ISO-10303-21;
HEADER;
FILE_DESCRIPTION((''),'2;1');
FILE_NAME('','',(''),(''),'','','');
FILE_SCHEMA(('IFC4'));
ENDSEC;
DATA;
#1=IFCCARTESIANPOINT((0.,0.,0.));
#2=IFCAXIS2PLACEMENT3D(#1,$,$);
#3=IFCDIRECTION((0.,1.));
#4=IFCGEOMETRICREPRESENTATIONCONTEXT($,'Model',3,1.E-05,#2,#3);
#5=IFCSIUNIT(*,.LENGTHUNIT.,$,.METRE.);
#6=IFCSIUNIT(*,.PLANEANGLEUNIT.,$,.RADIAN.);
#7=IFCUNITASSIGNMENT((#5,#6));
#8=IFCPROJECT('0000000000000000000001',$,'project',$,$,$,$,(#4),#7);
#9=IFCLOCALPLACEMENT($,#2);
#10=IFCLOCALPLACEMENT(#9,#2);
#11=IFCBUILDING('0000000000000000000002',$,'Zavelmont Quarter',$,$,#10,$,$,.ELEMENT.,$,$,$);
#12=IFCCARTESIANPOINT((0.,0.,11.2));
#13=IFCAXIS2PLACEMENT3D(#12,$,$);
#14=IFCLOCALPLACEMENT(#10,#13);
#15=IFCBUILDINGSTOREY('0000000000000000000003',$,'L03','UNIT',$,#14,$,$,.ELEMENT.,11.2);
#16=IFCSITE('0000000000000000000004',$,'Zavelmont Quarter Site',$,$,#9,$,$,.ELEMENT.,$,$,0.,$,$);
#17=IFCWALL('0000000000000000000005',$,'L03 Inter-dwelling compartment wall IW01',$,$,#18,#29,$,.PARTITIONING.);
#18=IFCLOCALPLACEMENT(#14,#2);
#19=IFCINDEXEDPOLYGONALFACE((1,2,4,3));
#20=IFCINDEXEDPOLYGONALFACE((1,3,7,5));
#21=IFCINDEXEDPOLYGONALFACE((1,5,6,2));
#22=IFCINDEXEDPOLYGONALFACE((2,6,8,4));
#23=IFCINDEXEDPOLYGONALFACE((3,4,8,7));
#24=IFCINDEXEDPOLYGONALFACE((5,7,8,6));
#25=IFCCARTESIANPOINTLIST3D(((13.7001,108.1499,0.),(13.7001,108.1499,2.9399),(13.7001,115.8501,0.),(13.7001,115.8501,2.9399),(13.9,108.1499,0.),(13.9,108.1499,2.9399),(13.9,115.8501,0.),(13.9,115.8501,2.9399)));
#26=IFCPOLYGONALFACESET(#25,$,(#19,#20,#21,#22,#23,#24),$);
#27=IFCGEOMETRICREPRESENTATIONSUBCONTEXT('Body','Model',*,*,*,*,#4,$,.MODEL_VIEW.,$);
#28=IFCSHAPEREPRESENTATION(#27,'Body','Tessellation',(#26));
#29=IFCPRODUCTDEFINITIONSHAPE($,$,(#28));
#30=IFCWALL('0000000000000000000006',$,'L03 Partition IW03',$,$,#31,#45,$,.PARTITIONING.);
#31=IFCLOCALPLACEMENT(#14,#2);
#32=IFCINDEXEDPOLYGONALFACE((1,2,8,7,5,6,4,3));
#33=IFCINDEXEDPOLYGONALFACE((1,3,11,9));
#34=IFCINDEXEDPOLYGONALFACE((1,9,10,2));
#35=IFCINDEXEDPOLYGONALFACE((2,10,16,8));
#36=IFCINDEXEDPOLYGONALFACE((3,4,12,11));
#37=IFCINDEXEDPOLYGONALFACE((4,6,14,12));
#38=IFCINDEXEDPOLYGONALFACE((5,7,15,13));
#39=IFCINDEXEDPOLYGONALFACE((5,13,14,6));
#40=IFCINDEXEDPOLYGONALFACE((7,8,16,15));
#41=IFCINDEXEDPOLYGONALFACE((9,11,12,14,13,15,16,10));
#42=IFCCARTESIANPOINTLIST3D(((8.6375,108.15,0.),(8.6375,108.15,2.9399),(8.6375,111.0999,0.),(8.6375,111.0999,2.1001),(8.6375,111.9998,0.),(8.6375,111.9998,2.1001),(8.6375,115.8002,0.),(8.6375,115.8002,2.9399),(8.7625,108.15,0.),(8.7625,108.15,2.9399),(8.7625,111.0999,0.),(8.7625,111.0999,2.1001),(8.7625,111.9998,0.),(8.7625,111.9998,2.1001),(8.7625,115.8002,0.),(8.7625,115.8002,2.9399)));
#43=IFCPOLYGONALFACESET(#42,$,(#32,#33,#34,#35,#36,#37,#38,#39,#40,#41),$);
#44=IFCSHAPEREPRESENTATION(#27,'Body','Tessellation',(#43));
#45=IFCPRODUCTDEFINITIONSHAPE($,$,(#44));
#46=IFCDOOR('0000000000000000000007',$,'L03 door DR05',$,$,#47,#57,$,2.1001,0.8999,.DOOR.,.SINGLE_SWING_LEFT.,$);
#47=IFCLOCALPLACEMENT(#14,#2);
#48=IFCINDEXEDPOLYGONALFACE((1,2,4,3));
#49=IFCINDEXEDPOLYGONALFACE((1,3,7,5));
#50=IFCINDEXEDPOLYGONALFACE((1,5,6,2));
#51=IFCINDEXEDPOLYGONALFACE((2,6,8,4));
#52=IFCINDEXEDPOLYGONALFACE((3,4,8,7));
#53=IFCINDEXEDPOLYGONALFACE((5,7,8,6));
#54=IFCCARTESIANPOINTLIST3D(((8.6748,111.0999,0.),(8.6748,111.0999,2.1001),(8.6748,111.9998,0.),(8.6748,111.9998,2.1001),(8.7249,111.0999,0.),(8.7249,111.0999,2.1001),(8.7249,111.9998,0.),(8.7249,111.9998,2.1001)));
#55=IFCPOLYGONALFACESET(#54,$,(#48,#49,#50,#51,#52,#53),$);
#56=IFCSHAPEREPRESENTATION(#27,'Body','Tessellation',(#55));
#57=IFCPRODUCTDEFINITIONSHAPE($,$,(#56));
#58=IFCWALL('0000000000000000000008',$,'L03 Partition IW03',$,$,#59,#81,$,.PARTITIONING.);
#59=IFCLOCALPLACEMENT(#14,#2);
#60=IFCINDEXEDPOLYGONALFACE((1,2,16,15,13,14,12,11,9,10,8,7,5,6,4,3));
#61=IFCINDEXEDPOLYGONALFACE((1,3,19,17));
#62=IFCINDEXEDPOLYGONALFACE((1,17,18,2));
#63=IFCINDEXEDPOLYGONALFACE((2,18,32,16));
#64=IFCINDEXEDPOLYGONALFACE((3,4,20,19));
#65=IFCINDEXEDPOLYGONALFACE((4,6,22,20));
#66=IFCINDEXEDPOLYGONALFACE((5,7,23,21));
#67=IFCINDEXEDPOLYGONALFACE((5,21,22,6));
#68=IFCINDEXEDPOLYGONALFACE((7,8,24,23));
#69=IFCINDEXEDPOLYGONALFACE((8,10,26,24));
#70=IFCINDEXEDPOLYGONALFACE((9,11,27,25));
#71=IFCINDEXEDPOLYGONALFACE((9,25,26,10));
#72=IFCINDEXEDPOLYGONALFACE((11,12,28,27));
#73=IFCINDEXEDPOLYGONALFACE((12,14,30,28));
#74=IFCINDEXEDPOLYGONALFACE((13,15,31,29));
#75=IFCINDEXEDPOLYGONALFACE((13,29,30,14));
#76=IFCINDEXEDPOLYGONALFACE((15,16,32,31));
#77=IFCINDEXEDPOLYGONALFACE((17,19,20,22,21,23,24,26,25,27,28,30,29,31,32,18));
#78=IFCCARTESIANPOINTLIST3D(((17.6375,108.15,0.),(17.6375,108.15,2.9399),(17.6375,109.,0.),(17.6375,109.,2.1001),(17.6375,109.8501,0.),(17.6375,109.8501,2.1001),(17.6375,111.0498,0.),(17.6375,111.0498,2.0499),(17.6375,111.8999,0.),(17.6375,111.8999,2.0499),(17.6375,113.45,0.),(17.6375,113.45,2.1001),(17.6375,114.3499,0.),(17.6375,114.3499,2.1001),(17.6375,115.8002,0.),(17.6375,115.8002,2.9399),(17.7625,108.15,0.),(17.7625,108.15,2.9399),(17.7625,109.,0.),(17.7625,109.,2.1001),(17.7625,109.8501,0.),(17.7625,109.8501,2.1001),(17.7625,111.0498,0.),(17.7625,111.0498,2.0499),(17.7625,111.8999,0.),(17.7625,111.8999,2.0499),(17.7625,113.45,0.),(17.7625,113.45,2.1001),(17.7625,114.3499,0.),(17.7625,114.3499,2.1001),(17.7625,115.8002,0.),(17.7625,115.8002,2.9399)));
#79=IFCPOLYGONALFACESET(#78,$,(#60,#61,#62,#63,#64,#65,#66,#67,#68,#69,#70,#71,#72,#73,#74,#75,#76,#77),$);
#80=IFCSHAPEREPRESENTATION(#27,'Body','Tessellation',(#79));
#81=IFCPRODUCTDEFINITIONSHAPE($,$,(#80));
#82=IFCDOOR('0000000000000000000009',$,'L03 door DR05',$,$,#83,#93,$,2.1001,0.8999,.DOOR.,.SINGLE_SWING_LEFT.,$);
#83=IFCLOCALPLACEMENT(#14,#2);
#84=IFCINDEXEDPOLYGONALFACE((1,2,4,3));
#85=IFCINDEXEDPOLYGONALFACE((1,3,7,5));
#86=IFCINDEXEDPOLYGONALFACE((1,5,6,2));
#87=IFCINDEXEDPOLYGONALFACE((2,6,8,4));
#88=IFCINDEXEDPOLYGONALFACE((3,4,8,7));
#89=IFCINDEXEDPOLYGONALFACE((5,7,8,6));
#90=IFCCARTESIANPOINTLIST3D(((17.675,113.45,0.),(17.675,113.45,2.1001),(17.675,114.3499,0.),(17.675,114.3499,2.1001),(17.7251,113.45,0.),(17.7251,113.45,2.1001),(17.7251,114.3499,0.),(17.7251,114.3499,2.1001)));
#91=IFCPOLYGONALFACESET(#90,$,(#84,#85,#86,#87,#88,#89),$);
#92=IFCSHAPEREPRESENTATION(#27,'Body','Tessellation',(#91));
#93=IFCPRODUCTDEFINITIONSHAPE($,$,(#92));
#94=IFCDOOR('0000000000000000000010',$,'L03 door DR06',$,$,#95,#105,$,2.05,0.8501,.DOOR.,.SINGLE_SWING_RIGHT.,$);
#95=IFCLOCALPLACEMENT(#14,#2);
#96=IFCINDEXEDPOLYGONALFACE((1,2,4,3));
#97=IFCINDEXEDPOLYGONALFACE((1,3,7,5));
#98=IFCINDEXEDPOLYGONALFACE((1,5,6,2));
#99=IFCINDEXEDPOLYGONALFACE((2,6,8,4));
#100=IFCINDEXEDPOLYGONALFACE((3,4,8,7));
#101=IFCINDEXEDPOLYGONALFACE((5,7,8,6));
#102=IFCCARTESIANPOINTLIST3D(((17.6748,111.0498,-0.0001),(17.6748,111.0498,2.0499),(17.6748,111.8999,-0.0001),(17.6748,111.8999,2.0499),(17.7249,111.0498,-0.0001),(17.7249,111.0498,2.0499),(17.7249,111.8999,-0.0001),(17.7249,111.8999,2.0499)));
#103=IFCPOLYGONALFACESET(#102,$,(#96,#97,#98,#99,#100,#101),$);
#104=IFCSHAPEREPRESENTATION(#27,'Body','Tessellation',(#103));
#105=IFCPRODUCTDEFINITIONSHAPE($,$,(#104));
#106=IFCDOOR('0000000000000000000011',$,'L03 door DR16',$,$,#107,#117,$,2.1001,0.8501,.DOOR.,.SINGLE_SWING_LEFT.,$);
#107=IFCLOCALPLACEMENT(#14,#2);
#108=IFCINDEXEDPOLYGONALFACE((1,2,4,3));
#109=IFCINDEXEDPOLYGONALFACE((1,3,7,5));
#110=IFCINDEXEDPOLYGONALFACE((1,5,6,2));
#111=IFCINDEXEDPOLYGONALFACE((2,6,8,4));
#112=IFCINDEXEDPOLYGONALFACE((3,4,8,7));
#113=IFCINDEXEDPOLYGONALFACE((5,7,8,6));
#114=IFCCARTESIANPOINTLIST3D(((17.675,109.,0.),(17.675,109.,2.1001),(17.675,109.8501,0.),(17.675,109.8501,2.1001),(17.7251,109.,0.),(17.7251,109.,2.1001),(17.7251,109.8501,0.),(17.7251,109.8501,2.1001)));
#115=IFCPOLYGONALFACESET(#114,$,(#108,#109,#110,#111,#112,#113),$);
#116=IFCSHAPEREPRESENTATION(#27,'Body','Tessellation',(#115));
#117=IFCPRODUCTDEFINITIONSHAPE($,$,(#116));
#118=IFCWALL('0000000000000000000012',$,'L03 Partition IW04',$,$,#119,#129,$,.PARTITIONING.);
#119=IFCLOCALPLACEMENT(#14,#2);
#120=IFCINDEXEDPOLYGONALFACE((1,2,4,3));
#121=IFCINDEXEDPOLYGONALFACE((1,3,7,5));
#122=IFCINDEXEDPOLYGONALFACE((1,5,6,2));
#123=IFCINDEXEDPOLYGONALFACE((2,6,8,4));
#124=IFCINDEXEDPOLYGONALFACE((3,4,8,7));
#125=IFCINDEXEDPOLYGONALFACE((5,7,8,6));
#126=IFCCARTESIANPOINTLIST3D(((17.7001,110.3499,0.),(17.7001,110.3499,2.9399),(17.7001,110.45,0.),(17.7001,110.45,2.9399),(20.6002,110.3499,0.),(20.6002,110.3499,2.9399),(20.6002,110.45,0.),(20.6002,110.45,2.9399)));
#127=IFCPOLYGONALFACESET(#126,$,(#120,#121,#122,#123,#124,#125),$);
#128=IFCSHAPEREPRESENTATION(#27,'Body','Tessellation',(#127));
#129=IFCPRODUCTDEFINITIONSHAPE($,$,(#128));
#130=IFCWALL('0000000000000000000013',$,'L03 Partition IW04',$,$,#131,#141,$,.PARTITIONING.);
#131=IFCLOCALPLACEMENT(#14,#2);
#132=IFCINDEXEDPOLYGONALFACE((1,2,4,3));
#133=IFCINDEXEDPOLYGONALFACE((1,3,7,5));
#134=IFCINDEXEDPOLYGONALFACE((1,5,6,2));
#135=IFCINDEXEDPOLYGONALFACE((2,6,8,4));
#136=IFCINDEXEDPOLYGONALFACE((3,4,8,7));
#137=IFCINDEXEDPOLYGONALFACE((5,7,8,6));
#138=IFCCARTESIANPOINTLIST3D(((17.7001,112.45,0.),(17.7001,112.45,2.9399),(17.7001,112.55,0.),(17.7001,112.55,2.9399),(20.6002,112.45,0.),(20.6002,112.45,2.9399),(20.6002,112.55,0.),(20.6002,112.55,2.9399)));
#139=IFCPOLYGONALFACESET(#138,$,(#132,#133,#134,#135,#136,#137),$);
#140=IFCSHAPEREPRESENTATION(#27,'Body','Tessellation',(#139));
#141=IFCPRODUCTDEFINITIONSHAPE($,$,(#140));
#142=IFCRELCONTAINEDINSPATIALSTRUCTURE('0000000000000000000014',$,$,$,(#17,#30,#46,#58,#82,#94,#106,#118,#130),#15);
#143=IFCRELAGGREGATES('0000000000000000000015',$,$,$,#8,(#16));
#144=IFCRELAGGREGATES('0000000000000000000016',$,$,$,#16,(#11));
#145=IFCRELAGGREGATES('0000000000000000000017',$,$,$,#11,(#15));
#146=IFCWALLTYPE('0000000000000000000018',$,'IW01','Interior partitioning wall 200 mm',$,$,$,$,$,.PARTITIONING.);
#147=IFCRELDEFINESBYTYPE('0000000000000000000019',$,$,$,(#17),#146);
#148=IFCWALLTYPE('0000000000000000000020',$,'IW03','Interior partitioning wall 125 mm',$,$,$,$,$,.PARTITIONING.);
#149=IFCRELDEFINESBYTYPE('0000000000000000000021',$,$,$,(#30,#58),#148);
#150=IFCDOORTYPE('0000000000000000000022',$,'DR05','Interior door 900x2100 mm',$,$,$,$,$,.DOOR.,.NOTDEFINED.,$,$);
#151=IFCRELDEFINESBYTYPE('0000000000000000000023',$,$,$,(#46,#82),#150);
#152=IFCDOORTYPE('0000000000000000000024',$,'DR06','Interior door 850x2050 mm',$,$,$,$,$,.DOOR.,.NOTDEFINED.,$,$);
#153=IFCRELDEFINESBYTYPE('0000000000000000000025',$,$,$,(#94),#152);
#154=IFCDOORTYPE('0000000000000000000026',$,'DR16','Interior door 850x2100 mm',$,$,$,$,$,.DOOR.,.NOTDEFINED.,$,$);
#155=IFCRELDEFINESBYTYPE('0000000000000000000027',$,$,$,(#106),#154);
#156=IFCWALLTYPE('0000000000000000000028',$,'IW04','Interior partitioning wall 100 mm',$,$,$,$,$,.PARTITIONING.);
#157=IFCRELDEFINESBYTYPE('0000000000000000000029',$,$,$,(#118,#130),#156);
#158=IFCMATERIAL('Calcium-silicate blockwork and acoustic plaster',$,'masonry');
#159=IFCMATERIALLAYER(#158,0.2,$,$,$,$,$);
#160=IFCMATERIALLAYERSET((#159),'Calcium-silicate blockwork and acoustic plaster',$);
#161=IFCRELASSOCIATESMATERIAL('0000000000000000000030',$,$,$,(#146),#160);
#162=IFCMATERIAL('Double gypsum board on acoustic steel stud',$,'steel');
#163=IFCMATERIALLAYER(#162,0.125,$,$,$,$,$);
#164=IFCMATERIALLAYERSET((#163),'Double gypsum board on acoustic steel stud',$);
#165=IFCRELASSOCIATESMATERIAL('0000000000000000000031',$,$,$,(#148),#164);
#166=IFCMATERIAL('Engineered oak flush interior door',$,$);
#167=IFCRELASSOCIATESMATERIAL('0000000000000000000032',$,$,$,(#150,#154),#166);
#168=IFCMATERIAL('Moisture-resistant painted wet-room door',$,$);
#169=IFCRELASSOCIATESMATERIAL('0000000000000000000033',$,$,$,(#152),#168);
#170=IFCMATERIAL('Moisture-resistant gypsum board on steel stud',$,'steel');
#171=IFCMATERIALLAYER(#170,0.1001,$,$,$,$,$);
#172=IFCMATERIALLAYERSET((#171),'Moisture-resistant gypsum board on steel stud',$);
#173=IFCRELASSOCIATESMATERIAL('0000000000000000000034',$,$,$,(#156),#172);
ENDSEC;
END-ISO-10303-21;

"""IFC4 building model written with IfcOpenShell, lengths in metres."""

from ifc_helpers import new_model, si_unit, direction, frame, frame_2d, origin, origin_with_axes, place, context, subcontext, project, spatial, rectangle, extrude, material, layer, layer_set, type_object, element, fill, save


model = new_model("IFC4")

# Units and contexts
model_context = context("Model", 3, precision=1e-05, world=origin(), true_north=direction((0.0, 1.0)))
body_context = subcontext(model_context, "Body", "Model", "MODEL_VIEW")
ifc_project = project(units=[si_unit("LENGTHUNIT", "METRE"), si_unit("PLANEANGLEUNIT", "RADIAN")], contexts=[model_context])

# Site, building, storey
site_placement = place(None, origin())
site = spatial("IfcSite", under=ifc_project, at=site_placement, Name="Zavelmont Quarter Site", CompositionType="ELEMENT", RefElevation=0.0)
building_placement = place(site_placement, origin())
building = spatial("IfcBuilding", under=site, at=building_placement, Name="Zavelmont Quarter", CompositionType="ELEMENT")
storey_placement = place(building_placement, frame((0.0, 0.0, 11.2)))
storey = spatial("IfcBuildingStorey", under=building, at=storey_placement, Name="L03", Description="UNIT", CompositionType="ELEMENT", Elevation=11.2)

# Wall
ifc_material_1 = material(Name="Calcium-silicate blockwork and acoustic plaster", Category="masonry")
ifc_layer_1 = layer(ifc_material_1, 0.2)
ifc_layer_set_1 = layer_set([ifc_layer_1], Name="Calcium-silicate blockwork and acoustic plaster")
wall_type_1 = type_object("IfcWallType", Name="IW01", Description="Interior partitioning wall 200 mm", PredefinedType="PARTITIONING", material=ifc_layer_set_1)
wall_1_placement = place(storey_placement, frame((13.8, 108.1499, 0.0), z_axis=(0.0, 0.0, 1.0), x_axis=(0.0, 1.0, 0.0)))
element("IfcWall", 1, at=wall_1_placement, inside=storey, type_object=wall_type_1, Name="L03 Inter-dwelling compartment wall IW01", PredefinedType="PARTITIONING", context=body_context, shape_type="SweptSolid", body=[
    extrude(rectangle(XDim=7.7002, YDim=0.2, at=frame_2d((3.8501, 0.0))), origin(), (0.0, 0.0, 1.0), 2.9399),
])

# Wall, opening, door
ifc_material_2 = material(Name="Double gypsum board on acoustic steel stud", Category="steel")
ifc_layer_2 = layer(ifc_material_2, 0.125)
ifc_layer_set_2 = layer_set([ifc_layer_2], Name="Double gypsum board on acoustic steel stud")
wall_type_2 = type_object("IfcWallType", Name="IW03", Description="Interior partitioning wall 125 mm", PredefinedType="PARTITIONING", material=ifc_layer_set_2)
wall_2_placement = place(storey_placement, frame((8.7, 108.1499, 0.0), z_axis=(0.0, 0.0, 1.0), x_axis=(0.0, 1.0, 0.0)))
wall_2 = element("IfcWall", 2, at=wall_2_placement, inside=storey, type_object=wall_type_2, Name="L03 Partition IW03", PredefinedType="PARTITIONING", context=body_context, shape_type="SweptSolid", body=[
    extrude(rectangle(XDim=7.6501, YDim=0.125, at=frame_2d((3.8252, 0.0))), origin(), (0.0, 0.0, 1.0), 2.9399),
])
opening_1_placement = place(wall_2_placement, frame((2.95, 0.0, 0.0)))
opening_1 = element("IfcOpeningElement", 3, at=opening_1_placement, cuts=wall_2, PredefinedType="OPENING", context=body_context, shape_type="SweptSolid", body=[
    extrude(rectangle(XDim=0.8999, YDim=2.1001, at=frame_2d((0.45, 1.05))), frame((0.0, 0.0745, 0.0), z_axis=(0.0, -1.0, 0.0), x_axis=(1.0, 0.0, 0.0)), (0.0, 0.0, 1.0), 0.1489),
])
ifc_material_3 = material(Name="Engineered oak flush interior door")
door_type_1 = type_object("IfcDoorType", Name="DR05", Description="Interior door 900x2100 mm", OperationType="NOTDEFINED", PredefinedType="DOOR", material=ifc_material_3)
door_1_placement = place(opening_1_placement, frame((0.8999, 0.0, 0.0), z_axis=(0.0, 0.0, 1.0), x_axis=(-1.0, 0.0, 0.0)))
door_1 = element("IfcDoor", 4, at=door_1_placement, inside=storey, type_object=door_type_1, Name="L03 door DR05", OperationType="SINGLE_SWING_LEFT", OverallHeight=2.1001, OverallWidth=0.8999, PredefinedType="DOOR", context=body_context, shape_type="SweptSolid", body=[
    extrude(rectangle(XDim=0.8999, YDim=2.1001, at=frame_2d((0.45, 1.05))), frame((0.0, 0.0249, 0.0), z_axis=(0.0, -1.0, 0.0), x_axis=(1.0, 0.0, 0.0)), (0.0, 0.0, 1.0), 0.05),
])
fill(opening_1, door_1)

# Wall, openings, doors
wall_3_placement = place(storey_placement, frame((17.7, 108.1499, 0.0), z_axis=(0.0, 0.0, 1.0), x_axis=(0.0, 1.0, 0.0)))
wall_3 = element("IfcWall", 5, at=wall_3_placement, inside=storey, type_object=wall_type_2, Name="L03 Partition IW03", PredefinedType="PARTITIONING", context=body_context, shape_type="SweptSolid", body=[
    extrude(rectangle(XDim=7.6501, YDim=0.125, at=frame_2d((3.8252, 0.0))), origin(), (0.0, 0.0, 1.0), 2.9399),
])
opening_2_placement = place(wall_3_placement, frame((0.8501, 0.0, 0.0)))
opening_2 = element("IfcOpeningElement", 6, at=opening_2_placement, cuts=wall_3, PredefinedType="OPENING", context=body_context, shape_type="SweptSolid", body=[
    extrude(rectangle(XDim=0.8501, YDim=2.1001, at=frame_2d((0.425, 1.05))), frame((0.0, 0.0745, 0.0), z_axis=(0.0, -1.0, 0.0), x_axis=(1.0, 0.0, 0.0)), (0.0, 0.0, 1.0), 0.1489),
])
opening_3_placement = place(wall_3_placement, frame((2.8999, 0.0, 0.0)))
opening_3 = element("IfcOpeningElement", 7, at=opening_3_placement, cuts=wall_3, PredefinedType="OPENING", context=body_context, shape_type="SweptSolid", body=[
    extrude(rectangle(XDim=0.8501, YDim=2.05, at=frame_2d((0.425, 1.0249))), frame((0.0, 0.0745, 0.0), z_axis=(0.0, -1.0, 0.0), x_axis=(1.0, 0.0, 0.0)), (0.0, 0.0, 1.0), 0.1489),
])
opening_4_placement = place(wall_3_placement, frame((5.3, 0.0, 0.0)))
opening_4 = element("IfcOpeningElement", 8, at=opening_4_placement, cuts=wall_3, PredefinedType="OPENING", context=body_context, shape_type="SweptSolid", body=[
    extrude(rectangle(XDim=0.8999, YDim=2.1001, at=frame_2d((0.45, 1.05))), frame((0.0, 0.0745, 0.0), z_axis=(0.0, -1.0, 0.0), x_axis=(1.0, 0.0, 0.0)), (0.0, 0.0, 1.0), 0.1489),
])
door_2_placement = place(opening_4_placement, origin_with_axes())
door_2 = element("IfcDoor", 9, at=door_2_placement, inside=storey, type_object=door_type_1, Name="L03 door DR05", OperationType="SINGLE_SWING_LEFT", OverallHeight=2.1001, OverallWidth=0.8999, PredefinedType="DOOR", context=body_context, shape_type="SweptSolid", body=[
    extrude(rectangle(XDim=0.8999, YDim=2.1001, at=frame_2d((0.45, 1.05))), frame((0.0, 0.0249, 0.0), z_axis=(0.0, -1.0, 0.0), x_axis=(1.0, 0.0, 0.0)), (0.0, 0.0, 1.0), 0.05),
])
fill(opening_4, door_2)
ifc_material_4 = material(Name="Moisture-resistant painted wet-room door")
door_type_2 = type_object("IfcDoorType", Name="DR06", Description="Interior door 850x2050 mm", OperationType="NOTDEFINED", PredefinedType="DOOR", material=ifc_material_4)
door_3_placement = place(opening_3_placement, frame((0.8501, 0.0, 0.0), z_axis=(0.0, 0.0, 1.0), x_axis=(-1.0, 0.0, 0.0)))
door_3 = element("IfcDoor", 10, at=door_3_placement, inside=storey, type_object=door_type_2, Name="L03 door DR06", OperationType="SINGLE_SWING_RIGHT", OverallHeight=2.05, OverallWidth=0.8501, PredefinedType="DOOR", context=body_context, shape_type="SweptSolid", body=[
    extrude(rectangle(XDim=0.8501, YDim=2.05, at=frame_2d((0.425, 1.0249))), frame((0.0, 0.0249, 0.0), z_axis=(0.0, -1.0, 0.0), x_axis=(1.0, 0.0, 0.0)), (0.0, 0.0, 1.0), 0.05),
])
fill(opening_3, door_3)
door_type_3 = type_object("IfcDoorType", Name="DR16", Description="Interior door 850x2100 mm", OperationType="NOTDEFINED", PredefinedType="DOOR", material=ifc_material_3)
door_4_placement = place(opening_2_placement, origin_with_axes())
door_4 = element("IfcDoor", 11, at=door_4_placement, inside=storey, type_object=door_type_3, Name="L03 door DR16", OperationType="SINGLE_SWING_LEFT", OverallHeight=2.1001, OverallWidth=0.8501, PredefinedType="DOOR", context=body_context, shape_type="SweptSolid", body=[
    extrude(rectangle(XDim=0.8501, YDim=2.1001, at=frame_2d((0.425, 1.05))), frame((0.0, 0.0249, 0.0), z_axis=(0.0, -1.0, 0.0), x_axis=(1.0, 0.0, 0.0)), (0.0, 0.0, 1.0), 0.05),
])
fill(opening_2, door_4)

# Walls
ifc_material_5 = material(Name="Moisture-resistant gypsum board on steel stud", Category="steel")
ifc_layer_3 = layer(ifc_material_5, 0.1001)
ifc_layer_set_3 = layer_set([ifc_layer_3], Name="Moisture-resistant gypsum board on steel stud")
wall_type_3 = type_object("IfcWallType", Name="IW04", Description="Interior partitioning wall 100 mm", PredefinedType="PARTITIONING", material=ifc_layer_set_3)
for number, where, z_axis, x_axis, name in (
    (12, (17.7, 110.3999, 0.0), (0.0, 0.0, 1.0), (1.0, 0.0, 0.0), "L03 Partition IW04"),
    (13, (17.7, 112.5, 0.0), (0.0, 0.0, 1.0), (1.0, 0.0, 0.0), "L03 Partition IW04"),
):
    element("IfcWall", number, at=place(storey_placement, frame(where, z_axis=z_axis, x_axis=x_axis)), inside=storey, type_object=wall_type_3, Name=name, PredefinedType="PARTITIONING", context=body_context, shape_type="SweptSolid", body=[
        extrude(rectangle(XDim=2.9001, YDim=0.1001, at=frame_2d((1.4502, 0.0))), origin(), (0.0, 0.0, 1.0), 2.9399),
    ])

save(model, "model.ifc")
